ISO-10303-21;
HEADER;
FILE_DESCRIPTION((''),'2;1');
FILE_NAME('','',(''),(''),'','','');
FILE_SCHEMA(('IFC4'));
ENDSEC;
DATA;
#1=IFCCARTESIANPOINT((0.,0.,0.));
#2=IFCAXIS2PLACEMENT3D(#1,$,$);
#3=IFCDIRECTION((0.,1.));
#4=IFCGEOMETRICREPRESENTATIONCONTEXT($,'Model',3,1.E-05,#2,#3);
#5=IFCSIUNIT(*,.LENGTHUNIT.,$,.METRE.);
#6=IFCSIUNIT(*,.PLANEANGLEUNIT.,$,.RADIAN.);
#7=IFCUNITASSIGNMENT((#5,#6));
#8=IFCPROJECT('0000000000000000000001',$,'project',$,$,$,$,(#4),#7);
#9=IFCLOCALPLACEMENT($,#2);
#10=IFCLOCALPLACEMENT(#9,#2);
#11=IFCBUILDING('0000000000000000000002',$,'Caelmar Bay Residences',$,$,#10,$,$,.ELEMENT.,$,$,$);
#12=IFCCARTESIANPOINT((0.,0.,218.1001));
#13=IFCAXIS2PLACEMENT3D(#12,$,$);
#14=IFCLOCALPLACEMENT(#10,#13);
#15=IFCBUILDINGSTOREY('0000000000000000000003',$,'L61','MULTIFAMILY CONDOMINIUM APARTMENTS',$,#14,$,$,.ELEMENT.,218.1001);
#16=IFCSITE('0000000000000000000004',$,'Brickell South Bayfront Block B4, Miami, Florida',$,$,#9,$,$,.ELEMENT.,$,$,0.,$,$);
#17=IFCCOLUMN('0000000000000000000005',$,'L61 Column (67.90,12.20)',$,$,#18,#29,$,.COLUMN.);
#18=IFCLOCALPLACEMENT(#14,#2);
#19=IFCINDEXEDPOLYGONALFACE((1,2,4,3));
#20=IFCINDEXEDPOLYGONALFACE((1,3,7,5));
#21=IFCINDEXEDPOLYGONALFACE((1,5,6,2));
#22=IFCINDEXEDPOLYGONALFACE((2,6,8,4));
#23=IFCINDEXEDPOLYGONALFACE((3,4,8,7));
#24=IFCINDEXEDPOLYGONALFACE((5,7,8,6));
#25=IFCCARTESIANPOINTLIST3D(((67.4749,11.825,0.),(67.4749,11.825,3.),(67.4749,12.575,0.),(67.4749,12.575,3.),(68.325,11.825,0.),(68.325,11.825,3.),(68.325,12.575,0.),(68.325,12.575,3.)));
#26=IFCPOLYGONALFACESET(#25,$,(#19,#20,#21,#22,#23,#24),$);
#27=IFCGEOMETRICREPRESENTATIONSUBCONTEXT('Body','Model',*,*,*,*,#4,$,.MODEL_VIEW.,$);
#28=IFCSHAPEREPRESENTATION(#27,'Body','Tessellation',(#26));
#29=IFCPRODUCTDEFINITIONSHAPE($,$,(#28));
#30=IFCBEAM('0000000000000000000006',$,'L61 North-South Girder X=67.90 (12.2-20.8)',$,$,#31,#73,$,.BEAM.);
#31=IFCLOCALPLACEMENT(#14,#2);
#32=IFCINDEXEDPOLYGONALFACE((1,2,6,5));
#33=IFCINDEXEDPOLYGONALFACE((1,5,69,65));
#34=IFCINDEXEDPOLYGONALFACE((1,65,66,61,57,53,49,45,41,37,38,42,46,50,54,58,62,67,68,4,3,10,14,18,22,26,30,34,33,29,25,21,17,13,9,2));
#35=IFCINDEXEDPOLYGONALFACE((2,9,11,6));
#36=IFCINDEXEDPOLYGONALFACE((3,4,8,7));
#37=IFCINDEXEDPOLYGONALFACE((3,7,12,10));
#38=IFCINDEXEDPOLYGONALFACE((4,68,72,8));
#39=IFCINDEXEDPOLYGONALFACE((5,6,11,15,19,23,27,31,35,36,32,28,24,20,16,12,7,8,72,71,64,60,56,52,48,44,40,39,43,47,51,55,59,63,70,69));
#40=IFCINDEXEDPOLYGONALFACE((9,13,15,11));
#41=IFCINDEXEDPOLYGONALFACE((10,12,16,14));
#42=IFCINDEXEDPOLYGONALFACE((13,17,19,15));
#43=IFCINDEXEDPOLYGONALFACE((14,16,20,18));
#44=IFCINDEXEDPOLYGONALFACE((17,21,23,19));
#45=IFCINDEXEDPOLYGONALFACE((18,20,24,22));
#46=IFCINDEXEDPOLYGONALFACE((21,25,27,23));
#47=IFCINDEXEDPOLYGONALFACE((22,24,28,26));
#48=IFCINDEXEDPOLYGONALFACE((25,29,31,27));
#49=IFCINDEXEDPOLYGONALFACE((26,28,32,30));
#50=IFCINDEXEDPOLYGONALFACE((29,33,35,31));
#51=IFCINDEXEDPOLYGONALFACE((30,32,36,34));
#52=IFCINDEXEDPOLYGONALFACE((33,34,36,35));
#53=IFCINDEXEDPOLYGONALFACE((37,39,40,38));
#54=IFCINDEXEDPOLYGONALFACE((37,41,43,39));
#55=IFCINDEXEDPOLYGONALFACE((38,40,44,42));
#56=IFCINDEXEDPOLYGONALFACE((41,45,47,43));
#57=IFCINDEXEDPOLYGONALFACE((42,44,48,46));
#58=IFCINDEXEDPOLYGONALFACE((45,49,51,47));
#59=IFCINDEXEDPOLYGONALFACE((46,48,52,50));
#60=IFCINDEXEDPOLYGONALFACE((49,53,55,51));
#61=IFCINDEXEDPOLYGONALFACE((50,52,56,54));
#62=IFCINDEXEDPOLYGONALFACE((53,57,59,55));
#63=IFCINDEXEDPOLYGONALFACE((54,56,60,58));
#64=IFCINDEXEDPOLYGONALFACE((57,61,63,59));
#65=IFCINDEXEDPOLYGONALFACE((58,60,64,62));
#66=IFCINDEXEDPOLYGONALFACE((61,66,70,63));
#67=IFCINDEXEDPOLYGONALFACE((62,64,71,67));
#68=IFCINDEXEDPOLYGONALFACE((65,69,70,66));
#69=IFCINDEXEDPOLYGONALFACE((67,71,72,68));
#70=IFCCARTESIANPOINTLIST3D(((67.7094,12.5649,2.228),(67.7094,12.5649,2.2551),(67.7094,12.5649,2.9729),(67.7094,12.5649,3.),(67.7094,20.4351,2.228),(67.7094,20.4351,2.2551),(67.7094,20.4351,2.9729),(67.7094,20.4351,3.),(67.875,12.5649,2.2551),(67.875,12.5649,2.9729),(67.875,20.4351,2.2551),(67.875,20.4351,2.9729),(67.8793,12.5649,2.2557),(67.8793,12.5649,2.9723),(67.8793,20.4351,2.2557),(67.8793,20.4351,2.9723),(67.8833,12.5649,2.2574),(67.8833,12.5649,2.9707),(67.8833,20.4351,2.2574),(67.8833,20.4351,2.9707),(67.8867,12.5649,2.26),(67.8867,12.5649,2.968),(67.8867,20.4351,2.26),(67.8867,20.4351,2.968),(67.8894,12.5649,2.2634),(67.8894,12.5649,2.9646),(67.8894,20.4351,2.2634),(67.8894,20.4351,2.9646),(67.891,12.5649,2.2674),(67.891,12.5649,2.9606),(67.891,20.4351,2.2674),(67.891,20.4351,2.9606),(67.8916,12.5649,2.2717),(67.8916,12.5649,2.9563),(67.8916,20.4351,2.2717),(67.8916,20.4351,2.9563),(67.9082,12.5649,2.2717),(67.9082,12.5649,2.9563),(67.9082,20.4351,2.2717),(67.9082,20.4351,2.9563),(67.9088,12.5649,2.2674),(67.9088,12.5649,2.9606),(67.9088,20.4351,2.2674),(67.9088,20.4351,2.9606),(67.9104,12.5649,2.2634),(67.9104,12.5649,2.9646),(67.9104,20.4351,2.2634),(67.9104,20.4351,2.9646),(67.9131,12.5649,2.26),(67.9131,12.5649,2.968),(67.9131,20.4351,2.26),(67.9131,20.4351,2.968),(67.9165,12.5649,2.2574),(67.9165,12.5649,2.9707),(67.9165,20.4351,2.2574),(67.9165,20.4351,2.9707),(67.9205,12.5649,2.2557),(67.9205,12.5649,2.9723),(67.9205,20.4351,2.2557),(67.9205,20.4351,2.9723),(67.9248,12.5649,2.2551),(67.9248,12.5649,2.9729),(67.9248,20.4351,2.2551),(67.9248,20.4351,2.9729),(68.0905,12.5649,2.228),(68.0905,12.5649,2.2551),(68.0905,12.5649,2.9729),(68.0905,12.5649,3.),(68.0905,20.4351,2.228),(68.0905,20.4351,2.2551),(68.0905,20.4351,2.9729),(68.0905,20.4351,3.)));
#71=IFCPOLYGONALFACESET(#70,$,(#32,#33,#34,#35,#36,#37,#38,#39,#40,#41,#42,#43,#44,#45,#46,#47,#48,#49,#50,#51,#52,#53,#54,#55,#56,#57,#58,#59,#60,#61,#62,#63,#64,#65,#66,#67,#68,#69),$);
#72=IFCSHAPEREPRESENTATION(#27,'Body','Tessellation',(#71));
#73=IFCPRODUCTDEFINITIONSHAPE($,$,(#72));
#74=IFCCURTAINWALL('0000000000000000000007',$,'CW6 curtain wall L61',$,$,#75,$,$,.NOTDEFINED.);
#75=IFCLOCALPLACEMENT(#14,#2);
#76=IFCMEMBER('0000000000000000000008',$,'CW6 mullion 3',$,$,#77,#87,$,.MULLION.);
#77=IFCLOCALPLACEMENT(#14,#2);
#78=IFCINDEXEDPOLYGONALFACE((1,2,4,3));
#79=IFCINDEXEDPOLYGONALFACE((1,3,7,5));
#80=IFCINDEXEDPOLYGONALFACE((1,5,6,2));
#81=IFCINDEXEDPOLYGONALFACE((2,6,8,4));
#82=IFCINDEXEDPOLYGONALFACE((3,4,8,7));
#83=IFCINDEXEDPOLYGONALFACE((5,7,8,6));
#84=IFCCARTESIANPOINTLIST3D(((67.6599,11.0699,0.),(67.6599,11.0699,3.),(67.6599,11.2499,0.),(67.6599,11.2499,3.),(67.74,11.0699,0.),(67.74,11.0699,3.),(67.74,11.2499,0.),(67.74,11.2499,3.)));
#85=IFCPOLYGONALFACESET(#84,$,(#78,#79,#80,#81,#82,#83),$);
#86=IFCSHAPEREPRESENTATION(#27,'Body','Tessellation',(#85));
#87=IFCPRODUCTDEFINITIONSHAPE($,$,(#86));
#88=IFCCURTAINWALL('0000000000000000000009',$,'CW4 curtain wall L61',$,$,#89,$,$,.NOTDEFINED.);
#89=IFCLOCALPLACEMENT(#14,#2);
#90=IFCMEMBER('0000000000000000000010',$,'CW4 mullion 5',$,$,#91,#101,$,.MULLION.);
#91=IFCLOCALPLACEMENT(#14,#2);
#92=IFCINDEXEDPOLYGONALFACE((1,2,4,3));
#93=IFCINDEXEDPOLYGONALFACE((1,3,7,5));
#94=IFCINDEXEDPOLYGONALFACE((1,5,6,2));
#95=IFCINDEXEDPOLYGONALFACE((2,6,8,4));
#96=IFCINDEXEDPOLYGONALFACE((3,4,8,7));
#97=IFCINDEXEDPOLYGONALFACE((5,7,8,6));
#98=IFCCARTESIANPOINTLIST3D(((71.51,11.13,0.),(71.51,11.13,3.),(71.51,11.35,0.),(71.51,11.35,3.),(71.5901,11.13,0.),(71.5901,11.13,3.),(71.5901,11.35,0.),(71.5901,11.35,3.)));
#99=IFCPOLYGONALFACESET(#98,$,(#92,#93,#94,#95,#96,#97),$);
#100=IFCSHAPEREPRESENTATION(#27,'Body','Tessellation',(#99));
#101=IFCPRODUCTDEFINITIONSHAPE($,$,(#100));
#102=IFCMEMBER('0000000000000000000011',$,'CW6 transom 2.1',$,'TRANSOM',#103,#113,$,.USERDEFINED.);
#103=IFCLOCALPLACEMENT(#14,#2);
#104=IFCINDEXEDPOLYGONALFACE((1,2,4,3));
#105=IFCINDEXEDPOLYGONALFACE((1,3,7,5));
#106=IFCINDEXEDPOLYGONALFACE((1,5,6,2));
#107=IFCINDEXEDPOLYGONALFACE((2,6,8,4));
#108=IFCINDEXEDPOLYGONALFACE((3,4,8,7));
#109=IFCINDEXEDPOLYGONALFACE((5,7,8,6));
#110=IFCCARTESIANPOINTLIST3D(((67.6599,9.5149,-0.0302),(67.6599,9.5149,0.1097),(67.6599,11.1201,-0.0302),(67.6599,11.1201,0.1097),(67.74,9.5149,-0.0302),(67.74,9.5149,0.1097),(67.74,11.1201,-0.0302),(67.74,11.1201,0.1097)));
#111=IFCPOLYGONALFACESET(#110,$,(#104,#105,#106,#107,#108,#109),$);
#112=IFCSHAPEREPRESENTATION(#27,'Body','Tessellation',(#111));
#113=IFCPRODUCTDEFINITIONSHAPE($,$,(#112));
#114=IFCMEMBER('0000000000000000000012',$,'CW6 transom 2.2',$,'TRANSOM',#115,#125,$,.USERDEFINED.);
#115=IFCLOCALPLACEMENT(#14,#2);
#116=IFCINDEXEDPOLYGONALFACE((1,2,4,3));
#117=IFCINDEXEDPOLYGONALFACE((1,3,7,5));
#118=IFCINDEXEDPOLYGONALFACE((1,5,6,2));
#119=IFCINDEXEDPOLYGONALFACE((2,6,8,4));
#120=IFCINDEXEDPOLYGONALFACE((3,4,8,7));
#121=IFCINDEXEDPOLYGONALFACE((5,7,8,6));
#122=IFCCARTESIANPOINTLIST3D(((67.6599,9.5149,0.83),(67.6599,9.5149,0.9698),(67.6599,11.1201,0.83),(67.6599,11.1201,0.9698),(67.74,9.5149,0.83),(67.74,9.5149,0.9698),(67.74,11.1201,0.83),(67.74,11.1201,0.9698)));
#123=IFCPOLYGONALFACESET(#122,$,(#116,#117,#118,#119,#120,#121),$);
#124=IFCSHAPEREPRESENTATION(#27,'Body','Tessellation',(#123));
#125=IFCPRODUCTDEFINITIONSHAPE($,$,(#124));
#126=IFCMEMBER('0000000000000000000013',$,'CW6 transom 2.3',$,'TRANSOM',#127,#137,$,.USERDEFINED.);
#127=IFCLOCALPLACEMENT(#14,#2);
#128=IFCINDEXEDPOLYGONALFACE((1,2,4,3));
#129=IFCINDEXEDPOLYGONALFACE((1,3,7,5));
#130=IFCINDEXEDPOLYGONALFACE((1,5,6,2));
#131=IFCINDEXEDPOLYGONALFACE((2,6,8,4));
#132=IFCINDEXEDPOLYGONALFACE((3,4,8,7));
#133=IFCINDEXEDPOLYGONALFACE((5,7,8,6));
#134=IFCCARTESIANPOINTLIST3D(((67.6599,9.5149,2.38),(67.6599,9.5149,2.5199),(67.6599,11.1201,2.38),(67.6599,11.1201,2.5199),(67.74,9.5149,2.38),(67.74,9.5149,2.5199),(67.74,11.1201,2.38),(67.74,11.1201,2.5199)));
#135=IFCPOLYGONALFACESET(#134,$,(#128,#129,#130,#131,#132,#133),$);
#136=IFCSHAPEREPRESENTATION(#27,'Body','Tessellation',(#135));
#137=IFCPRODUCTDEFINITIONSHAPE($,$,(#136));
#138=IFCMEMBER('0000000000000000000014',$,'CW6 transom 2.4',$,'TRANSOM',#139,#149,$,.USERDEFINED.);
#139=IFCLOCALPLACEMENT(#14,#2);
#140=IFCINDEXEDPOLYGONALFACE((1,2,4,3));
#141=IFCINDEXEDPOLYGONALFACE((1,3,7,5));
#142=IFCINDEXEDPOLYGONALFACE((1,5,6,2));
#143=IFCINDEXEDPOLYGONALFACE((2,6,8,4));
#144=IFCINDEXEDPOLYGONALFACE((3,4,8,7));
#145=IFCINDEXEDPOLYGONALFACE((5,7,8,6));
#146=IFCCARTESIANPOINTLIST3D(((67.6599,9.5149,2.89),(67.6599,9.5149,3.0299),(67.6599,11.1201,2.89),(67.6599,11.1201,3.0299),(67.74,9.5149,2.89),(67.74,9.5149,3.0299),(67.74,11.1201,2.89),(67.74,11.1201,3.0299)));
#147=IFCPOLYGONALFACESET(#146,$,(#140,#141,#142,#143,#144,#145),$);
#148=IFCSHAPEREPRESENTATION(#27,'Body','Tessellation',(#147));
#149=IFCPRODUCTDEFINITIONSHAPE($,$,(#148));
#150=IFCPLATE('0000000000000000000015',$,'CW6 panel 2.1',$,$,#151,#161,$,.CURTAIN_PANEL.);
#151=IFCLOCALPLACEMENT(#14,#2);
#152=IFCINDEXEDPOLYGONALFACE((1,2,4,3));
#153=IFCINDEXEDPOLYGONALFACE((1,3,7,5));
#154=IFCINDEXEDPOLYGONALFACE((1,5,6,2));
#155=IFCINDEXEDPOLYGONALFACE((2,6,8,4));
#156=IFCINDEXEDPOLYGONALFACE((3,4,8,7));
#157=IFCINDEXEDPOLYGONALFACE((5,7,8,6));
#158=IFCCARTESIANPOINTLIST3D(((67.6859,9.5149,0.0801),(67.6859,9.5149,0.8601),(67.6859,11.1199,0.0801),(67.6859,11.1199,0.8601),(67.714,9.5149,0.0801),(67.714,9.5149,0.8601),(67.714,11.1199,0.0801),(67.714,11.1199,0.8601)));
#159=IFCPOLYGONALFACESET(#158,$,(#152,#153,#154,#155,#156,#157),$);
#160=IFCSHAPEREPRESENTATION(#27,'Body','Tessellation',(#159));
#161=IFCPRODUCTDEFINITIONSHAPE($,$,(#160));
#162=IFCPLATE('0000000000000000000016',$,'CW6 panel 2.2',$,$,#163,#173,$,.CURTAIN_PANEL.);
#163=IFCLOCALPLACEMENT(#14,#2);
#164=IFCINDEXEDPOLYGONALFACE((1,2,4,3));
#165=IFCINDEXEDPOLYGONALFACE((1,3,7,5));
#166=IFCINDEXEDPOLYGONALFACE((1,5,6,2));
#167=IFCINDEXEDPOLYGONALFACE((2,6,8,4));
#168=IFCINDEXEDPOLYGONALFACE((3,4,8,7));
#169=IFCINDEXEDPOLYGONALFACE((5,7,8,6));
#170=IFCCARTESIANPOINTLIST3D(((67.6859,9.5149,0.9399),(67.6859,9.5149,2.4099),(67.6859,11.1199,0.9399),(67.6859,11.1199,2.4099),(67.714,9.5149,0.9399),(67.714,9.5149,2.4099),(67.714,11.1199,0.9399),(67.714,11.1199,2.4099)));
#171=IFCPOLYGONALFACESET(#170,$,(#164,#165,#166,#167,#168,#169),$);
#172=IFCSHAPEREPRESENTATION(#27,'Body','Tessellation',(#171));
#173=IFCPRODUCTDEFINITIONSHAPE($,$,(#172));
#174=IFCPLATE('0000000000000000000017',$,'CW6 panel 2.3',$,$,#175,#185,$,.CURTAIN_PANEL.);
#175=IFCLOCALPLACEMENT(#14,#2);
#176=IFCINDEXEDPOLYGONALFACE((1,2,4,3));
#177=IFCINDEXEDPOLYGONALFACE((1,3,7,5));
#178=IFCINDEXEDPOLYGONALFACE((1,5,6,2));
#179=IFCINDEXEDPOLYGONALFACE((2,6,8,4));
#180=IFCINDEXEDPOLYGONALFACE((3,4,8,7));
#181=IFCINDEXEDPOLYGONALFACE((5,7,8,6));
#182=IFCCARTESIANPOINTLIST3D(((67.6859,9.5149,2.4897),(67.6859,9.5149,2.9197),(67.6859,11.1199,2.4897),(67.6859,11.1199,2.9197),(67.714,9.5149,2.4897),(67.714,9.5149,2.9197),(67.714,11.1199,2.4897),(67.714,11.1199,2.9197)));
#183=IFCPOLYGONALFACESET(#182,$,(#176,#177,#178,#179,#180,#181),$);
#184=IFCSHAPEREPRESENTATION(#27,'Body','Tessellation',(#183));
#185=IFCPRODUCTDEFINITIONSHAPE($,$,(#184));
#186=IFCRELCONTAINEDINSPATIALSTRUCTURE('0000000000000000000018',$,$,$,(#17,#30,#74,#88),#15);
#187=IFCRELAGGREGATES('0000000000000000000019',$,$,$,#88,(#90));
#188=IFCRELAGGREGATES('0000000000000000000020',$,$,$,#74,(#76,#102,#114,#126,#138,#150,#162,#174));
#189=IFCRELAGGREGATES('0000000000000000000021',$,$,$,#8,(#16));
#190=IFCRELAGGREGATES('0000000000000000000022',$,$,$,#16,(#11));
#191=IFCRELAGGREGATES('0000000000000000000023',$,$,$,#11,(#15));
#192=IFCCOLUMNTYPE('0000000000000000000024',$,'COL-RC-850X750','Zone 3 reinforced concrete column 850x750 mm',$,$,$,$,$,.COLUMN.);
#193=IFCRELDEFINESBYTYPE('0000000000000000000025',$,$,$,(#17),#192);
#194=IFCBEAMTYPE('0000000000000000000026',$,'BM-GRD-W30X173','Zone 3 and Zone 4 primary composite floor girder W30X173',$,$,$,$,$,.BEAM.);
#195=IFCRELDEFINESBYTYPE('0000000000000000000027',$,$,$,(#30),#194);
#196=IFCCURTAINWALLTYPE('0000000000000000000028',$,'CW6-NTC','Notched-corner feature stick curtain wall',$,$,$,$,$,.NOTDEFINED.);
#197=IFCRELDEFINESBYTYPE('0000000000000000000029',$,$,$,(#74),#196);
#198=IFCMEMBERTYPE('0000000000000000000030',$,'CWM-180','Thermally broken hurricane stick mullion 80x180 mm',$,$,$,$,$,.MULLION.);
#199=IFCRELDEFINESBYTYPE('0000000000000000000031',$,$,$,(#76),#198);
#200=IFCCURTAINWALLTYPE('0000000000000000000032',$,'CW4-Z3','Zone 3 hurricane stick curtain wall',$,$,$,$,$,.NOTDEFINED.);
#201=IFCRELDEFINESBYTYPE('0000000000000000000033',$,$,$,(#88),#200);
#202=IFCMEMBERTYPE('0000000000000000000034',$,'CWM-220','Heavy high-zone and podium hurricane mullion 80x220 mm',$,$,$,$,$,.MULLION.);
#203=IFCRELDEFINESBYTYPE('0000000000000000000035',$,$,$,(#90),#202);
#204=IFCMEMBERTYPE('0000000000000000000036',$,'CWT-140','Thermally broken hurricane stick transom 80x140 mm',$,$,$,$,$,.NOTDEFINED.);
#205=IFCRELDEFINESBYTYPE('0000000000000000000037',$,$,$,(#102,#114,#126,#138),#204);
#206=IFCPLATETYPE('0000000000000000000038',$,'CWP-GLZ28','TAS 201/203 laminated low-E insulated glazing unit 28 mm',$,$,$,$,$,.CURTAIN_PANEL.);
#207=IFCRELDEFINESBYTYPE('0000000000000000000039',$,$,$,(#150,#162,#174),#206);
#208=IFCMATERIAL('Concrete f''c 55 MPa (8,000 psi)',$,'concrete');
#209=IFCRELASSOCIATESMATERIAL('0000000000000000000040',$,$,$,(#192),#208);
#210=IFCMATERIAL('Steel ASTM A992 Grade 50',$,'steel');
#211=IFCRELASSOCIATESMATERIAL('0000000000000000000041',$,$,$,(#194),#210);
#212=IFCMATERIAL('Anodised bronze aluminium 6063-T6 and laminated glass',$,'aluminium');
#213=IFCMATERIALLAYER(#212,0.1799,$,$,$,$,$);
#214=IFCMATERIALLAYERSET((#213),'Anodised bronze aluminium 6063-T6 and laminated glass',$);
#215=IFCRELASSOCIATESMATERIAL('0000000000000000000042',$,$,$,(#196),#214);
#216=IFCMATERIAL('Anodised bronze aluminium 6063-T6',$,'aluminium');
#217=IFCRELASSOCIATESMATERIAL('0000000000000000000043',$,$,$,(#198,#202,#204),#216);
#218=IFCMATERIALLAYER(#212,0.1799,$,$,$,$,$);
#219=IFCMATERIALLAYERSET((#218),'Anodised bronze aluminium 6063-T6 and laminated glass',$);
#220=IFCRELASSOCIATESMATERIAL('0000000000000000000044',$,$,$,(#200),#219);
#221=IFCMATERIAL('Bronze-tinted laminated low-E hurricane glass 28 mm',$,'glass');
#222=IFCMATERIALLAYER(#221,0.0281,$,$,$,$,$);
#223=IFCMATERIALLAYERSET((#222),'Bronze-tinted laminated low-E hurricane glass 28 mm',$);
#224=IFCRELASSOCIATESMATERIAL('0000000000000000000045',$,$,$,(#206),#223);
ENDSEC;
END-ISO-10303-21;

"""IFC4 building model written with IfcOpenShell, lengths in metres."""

from ifc_helpers import new_model, si_unit, direction, frame, origin, origin_2d, place, context, subcontext, project, spatial, rectangle, i_section, extrude, material, layer, layer_set, material_profile, profile_set, type_object, element, aggregate, save


model = new_model("IFC4")

# Units and contexts
model_context = context("Model", 3, precision=1e-05, world=origin(), true_north=direction((0.0, 1.0)))
body_context = subcontext(model_context, "Body", "Model", "MODEL_VIEW")
ifc_project = project(units=[si_unit("LENGTHUNIT", "METRE"), si_unit("PLANEANGLEUNIT", "RADIAN")], contexts=[model_context])

# Site, building, storey
site_placement = place(None, origin())
site = spatial("IfcSite", under=ifc_project, at=site_placement, Name="Brickell South Bayfront Block B4, Miami, Florida", CompositionType="ELEMENT", RefElevation=0.0)
building_placement = place(site_placement, origin())
building = spatial("IfcBuilding", under=site, at=building_placement, Name="Caelmar Bay Residences", CompositionType="ELEMENT")
storey_placement = place(building_placement, frame((0.0, 0.0, 218.1001)))
storey = spatial("IfcBuildingStorey", under=building, at=storey_placement, Name="L61", Description="MULTIFAMILY CONDOMINIUM APARTMENTS", CompositionType="ELEMENT", Elevation=218.1001)

# Column
ifc_material_1 = material(Name="Concrete f'c 55 MPa (8,000 psi)", Category="concrete")
ifc_material_profile_1 = material_profile(ifc_material_1, rectangle(XDim=0.8501, YDim=0.75, at=origin_2d()), Name="RC-COL-850X750")
ifc_profile_set_1 = profile_set([ifc_material_profile_1], Name="Concrete f'c 55 MPa (8,000 psi)")
column_type = type_object("IfcColumnType", Name="COL-RC-850X750", Description="Zone 3 reinforced concrete column 850x750 mm", PredefinedType="COLUMN", material=ifc_profile_set_1)
column_placement = place(storey_placement, frame((67.8999, 12.2, 0.0), z_axis=(0.0, 0.0, 1.0), x_axis=(1.0, 0.0, 0.0)))
element("IfcColumn", 1, at=column_placement, inside=storey, type_object=column_type, Name="L61 Column (67.90,12.20)", PredefinedType="COLUMN", context=body_context, shape_type="SweptSolid", body=[
    extrude(rectangle(XDim=0.8501, YDim=0.75, at=origin_2d()), origin(), (0.0, 0.0, 1.0), 3.0),
])

# Beam
ifc_material_2 = material(Name="Steel ASTM A992 Grade 50", Category="steel")
ifc_material_profile_2 = material_profile(ifc_material_2, i_section(OverallWidth=0.3811, OverallDepth=0.772, WebThickness=0.0166, FlangeThickness=0.0271, FilletRadius=0.0166, at=origin_2d()), Name="W30X173")
ifc_profile_set_2 = profile_set([ifc_material_profile_2], Name="Steel ASTM A992 Grade 50")
beam_type = type_object("IfcBeamType", Name="BM-GRD-W30X173", Description="Zone 3 and Zone 4 primary composite floor girder W30X173", PredefinedType="BEAM", material=ifc_profile_set_2)
beam_placement = place(storey_placement, frame((67.8999, 12.5649, 2.614), z_axis=(0.0, 1.0, 0.0), x_axis=(-1.0, 0.0, 0.0)))
element("IfcBeam", 2, at=beam_placement, inside=storey, type_object=beam_type, Name="L61 North-South Girder X=67.90 (12.2-20.8)", PredefinedType="BEAM", context=body_context, shape_type="SweptSolid", body=[
    extrude(i_section(OverallWidth=0.3811, OverallDepth=0.772, WebThickness=0.0166, FlangeThickness=0.0271, FilletRadius=0.0166, at=origin_2d()), origin(), (0.0, 0.0, 1.0), 7.8701),
])

# Curtain walls, members
ifc_material_3 = material(Name="Anodised bronze aluminium 6063-T6 and laminated glass", Category="aluminium")
ifc_layer_1 = layer(ifc_material_3, 0.1799)
ifc_layer_set_1 = layer_set([ifc_layer_1], Name="Anodised bronze aluminium 6063-T6 and laminated glass")
curtain_wall_type_1 = type_object("IfcCurtainWallType", Name="CW6-NTC", Description="Notched-corner feature stick curtain wall", PredefinedType="NOTDEFINED", material=ifc_layer_set_1)
curtain_wall_1_placement = place(storey_placement, origin())
curtain_wall_1 = element("IfcCurtainWall", 3, at=curtain_wall_1_placement, inside=storey, type_object=curtain_wall_type_1, Name="CW6 curtain wall L61", PredefinedType="NOTDEFINED")
ifc_material_4 = material(Name="Anodised bronze aluminium 6063-T6", Category="aluminium")
ifc_material_profile_3 = material_profile(ifc_material_4, rectangle(XDim=0.0801, YDim=0.1799, at=origin_2d()), Name="CWM-80X180")
ifc_profile_set_3 = profile_set([ifc_material_profile_3], Name="Anodised bronze aluminium 6063-T6")
member_type_1 = type_object("IfcMemberType", Name="CWM-180", Description="Thermally broken hurricane stick mullion 80x180 mm", PredefinedType="MULLION", material=ifc_profile_set_3)
member_1_placement = place(storey_placement, frame((67.7, 11.1599, 0.0), z_axis=(0.0, 0.0, 1.0), x_axis=(-1.0, 0.0, 0.0)))
member_1 = element("IfcMember", 4, at=member_1_placement, type_object=member_type_1, Name="CW6 mullion 3", PredefinedType="MULLION", context=body_context, shape_type="SweptSolid", body=[
    extrude(rectangle(XDim=0.0801, YDim=0.1799, at=origin_2d()), origin(), (0.0, 0.0, 1.0), 3.0),
])
ifc_layer_2 = layer(ifc_material_3, 0.1799)
ifc_layer_set_2 = layer_set([ifc_layer_2], Name="Anodised bronze aluminium 6063-T6 and laminated glass")
curtain_wall_type_2 = type_object("IfcCurtainWallType", Name="CW4-Z3", Description="Zone 3 hurricane stick curtain wall", PredefinedType="NOTDEFINED", material=ifc_layer_set_2)
curtain_wall_2_placement = place(storey_placement, origin())
curtain_wall_2 = element("IfcCurtainWall", 5, at=curtain_wall_2_placement, inside=storey, type_object=curtain_wall_type_2, Name="CW4 curtain wall L61", PredefinedType="NOTDEFINED")
ifc_material_profile_4 = material_profile(ifc_material_4, rectangle(XDim=0.0801, YDim=0.22, at=origin_2d()), Name="CWM-80X220")
ifc_profile_set_4 = profile_set([ifc_material_profile_4], Name="Anodised bronze aluminium 6063-T6")
member_type_2 = type_object("IfcMemberType", Name="CWM-220", Description="Heavy high-zone and podium hurricane mullion 80x220 mm", PredefinedType="MULLION", material=ifc_profile_set_4)
member_2_placement = place(storey_placement, frame((71.55, 11.24, 0.0), z_axis=(0.0, 0.0, 1.0), x_axis=(1.0, 0.0, 0.0)))
member_2 = element("IfcMember", 6, at=member_2_placement, type_object=member_type_2, Name="CW4 mullion 5", PredefinedType="MULLION", context=body_context, shape_type="SweptSolid", body=[
    extrude(rectangle(XDim=0.0801, YDim=0.22, at=origin_2d()), origin(), (0.0, 0.0, 1.0), 3.0),
])
aggregate(curtain_wall_2, [member_2])

# Members
ifc_material_profile_5 = material_profile(ifc_material_4, rectangle(XDim=0.0801, YDim=0.1399, at=origin_2d()), Name="CWT-80X140")
ifc_profile_set_5 = profile_set([ifc_material_profile_5], Name="Anodised bronze aluminium 6063-T6")
member_type_3 = type_object("IfcMemberType", Name="CWT-140", Description="Thermally broken hurricane stick transom 80x140 mm", PredefinedType="NOTDEFINED", material=ifc_profile_set_5)
member_3_placement = place(storey_placement, frame((67.7, 9.5149, 0.0398), z_axis=(0.0, 1.0, 0.0), x_axis=(-1.0, 0.0, 0.0)))
member_3 = element("IfcMember", 7, at=member_3_placement, type_object=member_type_3, Name="CW6 transom 2.1", ObjectType="TRANSOM", PredefinedType="USERDEFINED", context=body_context, shape_type="SweptSolid", body=[
    extrude(rectangle(XDim=0.0801, YDim=0.1399, at=origin_2d()), origin(), (0.0, 0.0, 1.0), 1.6052),
])
member_4_placement = place(storey_placement, frame((67.7, 9.5149, 0.8999), z_axis=(0.0, 1.0, 0.0), x_axis=(-1.0, 0.0, 0.0)))
member_4 = element("IfcMember", 8, at=member_4_placement, type_object=member_type_3, Name="CW6 transom 2.2", ObjectType="TRANSOM", PredefinedType="USERDEFINED", context=body_context, shape_type="SweptSolid", body=[
    extrude(rectangle(XDim=0.0801, YDim=0.1399, at=origin_2d()), origin(), (0.0, 0.0, 1.0), 1.6052),
])
member_5_placement = place(storey_placement, frame((67.7, 9.5149, 2.45), z_axis=(0.0, 1.0, 0.0), x_axis=(-1.0, 0.0, 0.0)))
member_5 = element("IfcMember", 9, at=member_5_placement, type_object=member_type_3, Name="CW6 transom 2.3", ObjectType="TRANSOM", PredefinedType="USERDEFINED", context=body_context, shape_type="SweptSolid", body=[
    extrude(rectangle(XDim=0.0801, YDim=0.1399, at=origin_2d()), origin(), (0.0, 0.0, 1.0), 1.6052),
])
member_6_placement = place(storey_placement, frame((67.7, 9.5149, 2.96), z_axis=(0.0, 1.0, 0.0), x_axis=(-1.0, 0.0, 0.0)))
member_6 = element("IfcMember", 10, at=member_6_placement, type_object=member_type_3, Name="CW6 transom 2.4", ObjectType="TRANSOM", PredefinedType="USERDEFINED", context=body_context, shape_type="SweptSolid", body=[
    extrude(rectangle(XDim=0.0801, YDim=0.1399, at=origin_2d()), origin(), (0.0, 0.0, 1.0), 1.6052),
])

# Plates
ifc_material_5 = material(Name="Bronze-tinted laminated low-E hurricane glass 28 mm", Category="glass")
ifc_layer_3 = layer(ifc_material_5, 0.0281)
ifc_layer_set_3 = layer_set([ifc_layer_3], Name="Bronze-tinted laminated low-E hurricane glass 28 mm")
plate_type = type_object("IfcPlateType", Name="CWP-GLZ28", Description="TAS 201/203 laminated low-E insulated glazing unit 28 mm", PredefinedType="CURTAIN_PANEL", material=ifc_layer_set_3)
plate_1_placement = place(storey_placement, frame((67.7, 10.3174, 0.0801), z_axis=(0.0, 0.0, 1.0), x_axis=(0.0, 1.0, 0.0)))
plate_1 = element("IfcPlate", 11, at=plate_1_placement, type_object=plate_type, Name="CW6 panel 2.1", PredefinedType="CURTAIN_PANEL", context=body_context, shape_type="SweptSolid", body=[
    extrude(rectangle(XDim=1.605, YDim=0.0281, at=origin_2d()), origin(), (0.0, 0.0, 1.0), 0.78),
])
plate_2_placement = place(storey_placement, frame((67.7, 10.3174, 0.9399), z_axis=(0.0, 0.0, 1.0), x_axis=(0.0, 1.0, 0.0)))
plate_2 = element("IfcPlate", 12, at=plate_2_placement, type_object=plate_type, Name="CW6 panel 2.2", PredefinedType="CURTAIN_PANEL", context=body_context, shape_type="SweptSolid", body=[
    extrude(rectangle(XDim=1.605, YDim=0.0281, at=origin_2d()), origin(), (0.0, 0.0, 1.0), 1.47),
])
plate_3_placement = place(storey_placement, frame((67.7, 10.3174, 2.4897), z_axis=(0.0, 0.0, 1.0), x_axis=(0.0, 1.0, 0.0)))
plate_3 = element("IfcPlate", 13, at=plate_3_placement, type_object=plate_type, Name="CW6 panel 2.3", PredefinedType="CURTAIN_PANEL", context=body_context, shape_type="SweptSolid", body=[
    extrude(rectangle(XDim=1.605, YDim=0.0281, at=origin_2d()), origin(), (0.0, 0.0, 1.0), 0.4299),
])
aggregate(curtain_wall_1, [member_1, member_3, member_4, member_5, member_6, plate_1, plate_2, plate_3])

save(model, "model.ifc")
